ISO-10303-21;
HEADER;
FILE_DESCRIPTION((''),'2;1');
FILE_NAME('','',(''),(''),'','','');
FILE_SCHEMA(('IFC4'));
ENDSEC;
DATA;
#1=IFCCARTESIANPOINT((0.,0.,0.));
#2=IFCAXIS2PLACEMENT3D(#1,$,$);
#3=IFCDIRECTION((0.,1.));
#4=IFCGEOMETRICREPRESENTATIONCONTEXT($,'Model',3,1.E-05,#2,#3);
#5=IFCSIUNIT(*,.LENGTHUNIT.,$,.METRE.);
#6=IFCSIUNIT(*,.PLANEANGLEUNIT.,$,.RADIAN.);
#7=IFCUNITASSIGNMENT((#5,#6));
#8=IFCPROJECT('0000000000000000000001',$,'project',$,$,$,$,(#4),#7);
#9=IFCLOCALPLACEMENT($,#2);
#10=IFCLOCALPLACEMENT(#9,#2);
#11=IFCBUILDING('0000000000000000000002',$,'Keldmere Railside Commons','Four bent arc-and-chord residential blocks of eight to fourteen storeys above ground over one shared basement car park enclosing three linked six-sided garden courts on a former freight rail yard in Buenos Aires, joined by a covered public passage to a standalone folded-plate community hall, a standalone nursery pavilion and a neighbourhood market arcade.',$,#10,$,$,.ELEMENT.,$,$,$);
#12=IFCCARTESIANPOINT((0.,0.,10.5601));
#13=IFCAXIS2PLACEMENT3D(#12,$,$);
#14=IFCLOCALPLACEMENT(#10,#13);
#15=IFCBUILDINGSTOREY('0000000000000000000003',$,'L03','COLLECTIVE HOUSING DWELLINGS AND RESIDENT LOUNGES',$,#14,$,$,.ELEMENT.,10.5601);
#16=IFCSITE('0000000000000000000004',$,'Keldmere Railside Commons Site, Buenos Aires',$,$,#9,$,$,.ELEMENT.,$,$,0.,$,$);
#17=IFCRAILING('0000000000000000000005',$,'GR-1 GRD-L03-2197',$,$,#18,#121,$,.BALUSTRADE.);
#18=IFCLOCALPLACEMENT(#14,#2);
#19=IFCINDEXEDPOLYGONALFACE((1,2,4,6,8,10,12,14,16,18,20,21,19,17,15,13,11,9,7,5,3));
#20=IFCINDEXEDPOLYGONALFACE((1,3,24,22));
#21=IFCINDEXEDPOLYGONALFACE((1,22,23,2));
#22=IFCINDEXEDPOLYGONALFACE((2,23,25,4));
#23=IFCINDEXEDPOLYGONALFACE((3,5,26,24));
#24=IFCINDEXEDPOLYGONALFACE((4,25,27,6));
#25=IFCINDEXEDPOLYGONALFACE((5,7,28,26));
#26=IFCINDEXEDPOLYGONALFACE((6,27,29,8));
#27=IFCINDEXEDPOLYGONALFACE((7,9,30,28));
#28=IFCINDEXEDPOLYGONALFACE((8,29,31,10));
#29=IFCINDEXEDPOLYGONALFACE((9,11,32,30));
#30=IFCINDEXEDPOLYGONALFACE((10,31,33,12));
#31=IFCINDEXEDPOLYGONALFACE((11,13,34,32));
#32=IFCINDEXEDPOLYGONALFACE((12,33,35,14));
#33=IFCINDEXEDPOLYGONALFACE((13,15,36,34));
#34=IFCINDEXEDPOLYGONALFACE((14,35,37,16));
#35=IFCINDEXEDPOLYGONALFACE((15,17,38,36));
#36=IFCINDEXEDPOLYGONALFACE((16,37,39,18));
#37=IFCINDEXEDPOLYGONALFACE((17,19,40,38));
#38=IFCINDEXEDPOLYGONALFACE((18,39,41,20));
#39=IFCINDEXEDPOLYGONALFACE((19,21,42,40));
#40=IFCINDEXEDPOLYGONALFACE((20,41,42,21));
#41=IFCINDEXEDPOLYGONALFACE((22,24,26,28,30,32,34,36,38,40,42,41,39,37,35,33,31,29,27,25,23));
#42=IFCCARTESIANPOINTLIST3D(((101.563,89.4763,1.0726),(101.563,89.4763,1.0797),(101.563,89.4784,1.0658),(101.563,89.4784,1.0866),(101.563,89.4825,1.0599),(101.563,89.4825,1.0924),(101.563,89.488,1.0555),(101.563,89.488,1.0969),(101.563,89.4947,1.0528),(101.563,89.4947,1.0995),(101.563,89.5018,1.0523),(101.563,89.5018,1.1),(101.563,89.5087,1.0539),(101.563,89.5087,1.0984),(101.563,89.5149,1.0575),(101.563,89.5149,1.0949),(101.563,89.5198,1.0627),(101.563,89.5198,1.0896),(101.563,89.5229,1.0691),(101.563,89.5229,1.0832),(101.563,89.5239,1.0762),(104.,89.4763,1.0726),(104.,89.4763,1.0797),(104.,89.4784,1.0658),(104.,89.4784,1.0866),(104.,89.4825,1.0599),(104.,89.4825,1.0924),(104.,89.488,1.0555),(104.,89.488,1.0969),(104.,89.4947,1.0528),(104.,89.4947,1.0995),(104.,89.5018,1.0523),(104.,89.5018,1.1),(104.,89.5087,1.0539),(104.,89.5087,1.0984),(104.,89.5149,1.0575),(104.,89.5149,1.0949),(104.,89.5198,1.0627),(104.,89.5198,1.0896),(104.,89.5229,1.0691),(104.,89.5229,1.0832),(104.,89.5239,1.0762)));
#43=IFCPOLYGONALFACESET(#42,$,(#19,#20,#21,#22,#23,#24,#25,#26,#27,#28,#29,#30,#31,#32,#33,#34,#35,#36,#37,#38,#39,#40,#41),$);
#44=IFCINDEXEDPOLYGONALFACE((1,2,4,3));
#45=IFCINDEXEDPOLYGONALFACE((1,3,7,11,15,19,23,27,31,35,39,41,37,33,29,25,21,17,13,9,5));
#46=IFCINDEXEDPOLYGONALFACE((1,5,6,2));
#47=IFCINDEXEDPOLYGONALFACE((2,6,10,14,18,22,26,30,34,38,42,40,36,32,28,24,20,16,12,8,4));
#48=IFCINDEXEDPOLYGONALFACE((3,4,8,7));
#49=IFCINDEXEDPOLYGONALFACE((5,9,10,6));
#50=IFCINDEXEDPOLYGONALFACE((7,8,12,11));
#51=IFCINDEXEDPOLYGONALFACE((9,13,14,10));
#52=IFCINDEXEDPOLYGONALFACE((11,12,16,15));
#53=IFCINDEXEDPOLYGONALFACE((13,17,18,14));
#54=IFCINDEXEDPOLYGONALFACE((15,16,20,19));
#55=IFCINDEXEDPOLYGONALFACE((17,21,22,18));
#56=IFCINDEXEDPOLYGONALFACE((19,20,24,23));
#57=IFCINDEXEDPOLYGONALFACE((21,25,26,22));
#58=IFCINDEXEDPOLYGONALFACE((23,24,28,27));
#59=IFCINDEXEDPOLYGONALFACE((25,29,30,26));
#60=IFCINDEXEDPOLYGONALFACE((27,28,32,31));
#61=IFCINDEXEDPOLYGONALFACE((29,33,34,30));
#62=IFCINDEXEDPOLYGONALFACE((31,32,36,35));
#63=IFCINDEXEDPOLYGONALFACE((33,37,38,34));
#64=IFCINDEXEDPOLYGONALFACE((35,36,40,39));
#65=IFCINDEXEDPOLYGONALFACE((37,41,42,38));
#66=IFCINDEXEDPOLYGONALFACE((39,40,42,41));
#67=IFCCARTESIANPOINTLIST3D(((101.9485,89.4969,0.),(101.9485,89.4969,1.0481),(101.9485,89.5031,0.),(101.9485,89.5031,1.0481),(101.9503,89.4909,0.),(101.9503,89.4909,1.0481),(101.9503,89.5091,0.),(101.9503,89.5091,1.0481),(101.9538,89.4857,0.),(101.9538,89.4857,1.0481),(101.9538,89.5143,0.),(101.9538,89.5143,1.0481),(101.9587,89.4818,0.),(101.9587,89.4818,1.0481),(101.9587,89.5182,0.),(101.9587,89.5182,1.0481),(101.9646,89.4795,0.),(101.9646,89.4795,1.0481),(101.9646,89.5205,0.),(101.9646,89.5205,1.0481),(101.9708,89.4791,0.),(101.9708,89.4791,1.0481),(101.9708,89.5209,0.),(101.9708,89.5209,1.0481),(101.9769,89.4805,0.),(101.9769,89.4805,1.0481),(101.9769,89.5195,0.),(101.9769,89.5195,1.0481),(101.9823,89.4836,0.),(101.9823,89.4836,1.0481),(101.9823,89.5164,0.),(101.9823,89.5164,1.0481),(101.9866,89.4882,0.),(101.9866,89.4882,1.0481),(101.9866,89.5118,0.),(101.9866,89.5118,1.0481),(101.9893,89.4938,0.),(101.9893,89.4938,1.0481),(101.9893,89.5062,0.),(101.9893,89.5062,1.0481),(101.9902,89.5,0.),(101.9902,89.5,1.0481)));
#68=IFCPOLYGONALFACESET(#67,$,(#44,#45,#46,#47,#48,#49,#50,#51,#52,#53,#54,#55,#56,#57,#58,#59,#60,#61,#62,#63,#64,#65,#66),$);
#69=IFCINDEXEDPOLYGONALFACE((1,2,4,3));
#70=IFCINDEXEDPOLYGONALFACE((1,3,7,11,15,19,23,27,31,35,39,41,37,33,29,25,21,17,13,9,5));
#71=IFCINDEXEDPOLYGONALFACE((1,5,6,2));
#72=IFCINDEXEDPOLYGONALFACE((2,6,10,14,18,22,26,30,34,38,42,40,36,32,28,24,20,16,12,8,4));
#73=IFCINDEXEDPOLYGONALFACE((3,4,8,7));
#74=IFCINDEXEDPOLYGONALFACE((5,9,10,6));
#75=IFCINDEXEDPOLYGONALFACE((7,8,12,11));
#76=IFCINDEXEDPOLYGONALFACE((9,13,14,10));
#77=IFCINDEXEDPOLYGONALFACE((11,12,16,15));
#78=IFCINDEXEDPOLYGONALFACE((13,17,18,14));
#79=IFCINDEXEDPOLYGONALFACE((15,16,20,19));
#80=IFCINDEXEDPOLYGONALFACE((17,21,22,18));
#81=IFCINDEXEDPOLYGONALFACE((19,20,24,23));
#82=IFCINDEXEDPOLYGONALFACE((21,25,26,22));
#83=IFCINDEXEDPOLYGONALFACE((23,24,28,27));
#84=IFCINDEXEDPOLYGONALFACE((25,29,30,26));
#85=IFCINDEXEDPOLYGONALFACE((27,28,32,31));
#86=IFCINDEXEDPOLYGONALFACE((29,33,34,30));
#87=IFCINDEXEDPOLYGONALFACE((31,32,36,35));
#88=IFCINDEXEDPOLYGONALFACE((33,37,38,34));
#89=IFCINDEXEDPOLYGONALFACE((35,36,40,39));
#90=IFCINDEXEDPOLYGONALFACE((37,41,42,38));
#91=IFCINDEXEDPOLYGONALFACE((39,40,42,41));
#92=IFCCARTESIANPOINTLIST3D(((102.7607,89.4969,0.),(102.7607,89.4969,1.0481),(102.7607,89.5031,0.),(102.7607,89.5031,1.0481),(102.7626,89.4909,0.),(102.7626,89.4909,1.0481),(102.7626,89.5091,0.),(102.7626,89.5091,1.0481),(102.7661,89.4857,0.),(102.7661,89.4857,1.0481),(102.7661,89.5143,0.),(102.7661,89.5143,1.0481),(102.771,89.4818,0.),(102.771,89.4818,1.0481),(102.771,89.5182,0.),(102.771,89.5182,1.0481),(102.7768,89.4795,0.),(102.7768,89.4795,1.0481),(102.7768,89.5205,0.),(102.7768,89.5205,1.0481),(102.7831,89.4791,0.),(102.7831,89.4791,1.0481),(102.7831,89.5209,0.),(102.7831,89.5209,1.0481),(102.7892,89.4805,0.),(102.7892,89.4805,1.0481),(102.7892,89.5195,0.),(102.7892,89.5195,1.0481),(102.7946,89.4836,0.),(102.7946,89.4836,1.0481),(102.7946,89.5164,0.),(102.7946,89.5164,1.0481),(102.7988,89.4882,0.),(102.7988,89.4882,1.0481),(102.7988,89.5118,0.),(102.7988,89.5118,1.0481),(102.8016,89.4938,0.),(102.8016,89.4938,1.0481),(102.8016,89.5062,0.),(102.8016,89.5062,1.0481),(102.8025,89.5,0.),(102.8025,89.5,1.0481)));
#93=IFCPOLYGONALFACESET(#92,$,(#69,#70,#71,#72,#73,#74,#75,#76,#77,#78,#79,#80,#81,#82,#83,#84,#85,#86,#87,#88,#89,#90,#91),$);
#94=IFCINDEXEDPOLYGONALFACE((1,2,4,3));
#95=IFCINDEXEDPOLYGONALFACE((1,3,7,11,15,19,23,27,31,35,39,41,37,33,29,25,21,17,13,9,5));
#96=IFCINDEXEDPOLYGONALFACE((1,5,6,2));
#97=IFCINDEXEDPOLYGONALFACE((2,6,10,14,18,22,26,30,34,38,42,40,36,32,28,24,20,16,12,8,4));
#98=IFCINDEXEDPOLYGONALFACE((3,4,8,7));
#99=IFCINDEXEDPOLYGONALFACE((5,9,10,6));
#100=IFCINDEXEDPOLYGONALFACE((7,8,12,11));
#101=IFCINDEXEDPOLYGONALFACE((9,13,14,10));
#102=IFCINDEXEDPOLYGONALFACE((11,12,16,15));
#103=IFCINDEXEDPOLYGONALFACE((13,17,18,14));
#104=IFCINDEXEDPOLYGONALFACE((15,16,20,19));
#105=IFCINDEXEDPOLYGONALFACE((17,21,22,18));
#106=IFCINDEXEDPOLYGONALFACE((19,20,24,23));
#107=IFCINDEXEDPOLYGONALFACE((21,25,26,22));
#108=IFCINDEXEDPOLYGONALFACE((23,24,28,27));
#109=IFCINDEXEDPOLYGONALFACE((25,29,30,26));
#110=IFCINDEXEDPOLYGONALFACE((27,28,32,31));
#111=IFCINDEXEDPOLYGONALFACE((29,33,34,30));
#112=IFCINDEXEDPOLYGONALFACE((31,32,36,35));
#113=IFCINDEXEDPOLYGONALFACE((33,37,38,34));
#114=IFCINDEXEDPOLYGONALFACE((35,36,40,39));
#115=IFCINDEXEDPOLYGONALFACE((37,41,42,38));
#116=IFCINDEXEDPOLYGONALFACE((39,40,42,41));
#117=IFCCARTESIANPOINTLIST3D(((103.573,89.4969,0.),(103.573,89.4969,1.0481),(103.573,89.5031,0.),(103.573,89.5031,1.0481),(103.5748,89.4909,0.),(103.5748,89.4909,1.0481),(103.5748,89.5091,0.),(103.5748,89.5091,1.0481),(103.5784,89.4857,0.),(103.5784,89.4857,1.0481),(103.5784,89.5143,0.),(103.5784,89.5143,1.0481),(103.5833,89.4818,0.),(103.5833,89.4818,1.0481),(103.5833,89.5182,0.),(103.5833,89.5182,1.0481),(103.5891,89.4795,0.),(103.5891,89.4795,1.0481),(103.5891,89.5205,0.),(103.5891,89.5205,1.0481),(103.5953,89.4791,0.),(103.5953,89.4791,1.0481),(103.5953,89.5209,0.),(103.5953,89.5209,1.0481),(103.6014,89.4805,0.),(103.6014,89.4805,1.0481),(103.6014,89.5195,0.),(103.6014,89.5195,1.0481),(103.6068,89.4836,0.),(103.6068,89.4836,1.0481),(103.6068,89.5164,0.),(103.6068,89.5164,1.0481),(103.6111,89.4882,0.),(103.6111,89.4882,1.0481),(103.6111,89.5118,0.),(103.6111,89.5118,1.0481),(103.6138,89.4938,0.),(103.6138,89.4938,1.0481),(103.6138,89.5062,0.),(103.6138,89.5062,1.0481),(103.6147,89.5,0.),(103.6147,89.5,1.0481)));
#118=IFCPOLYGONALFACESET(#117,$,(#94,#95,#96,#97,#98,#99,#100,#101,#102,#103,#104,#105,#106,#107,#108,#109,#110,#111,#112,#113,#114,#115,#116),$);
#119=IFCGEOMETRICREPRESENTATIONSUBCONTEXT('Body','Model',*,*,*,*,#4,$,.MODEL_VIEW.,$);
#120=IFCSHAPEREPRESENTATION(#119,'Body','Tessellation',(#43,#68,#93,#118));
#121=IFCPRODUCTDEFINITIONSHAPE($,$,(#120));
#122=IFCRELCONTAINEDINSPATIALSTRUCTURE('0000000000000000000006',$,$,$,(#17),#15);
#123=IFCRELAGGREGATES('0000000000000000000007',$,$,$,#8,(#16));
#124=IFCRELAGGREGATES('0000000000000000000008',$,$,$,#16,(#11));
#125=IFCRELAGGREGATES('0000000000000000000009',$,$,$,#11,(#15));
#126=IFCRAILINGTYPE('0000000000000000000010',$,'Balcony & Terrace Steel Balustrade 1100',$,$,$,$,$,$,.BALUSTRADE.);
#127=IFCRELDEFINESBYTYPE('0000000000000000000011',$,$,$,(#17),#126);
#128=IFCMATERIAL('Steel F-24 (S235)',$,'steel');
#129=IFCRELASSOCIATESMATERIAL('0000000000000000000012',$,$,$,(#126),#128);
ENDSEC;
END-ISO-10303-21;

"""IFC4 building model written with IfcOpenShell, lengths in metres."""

from ifc_helpers import new_model, si_unit, direction, frame, origin, origin_2d, place, context, subcontext, project, spatial, circle, extrude, material, type_object, element, save


model = new_model("IFC4")

# Units and contexts
model_context = context("Model", 3, precision=1e-05, world=origin(), true_north=direction((0.0, 1.0)))
body_context = subcontext(model_context, "Body", "Model", "MODEL_VIEW")
ifc_project = project(units=[si_unit("LENGTHUNIT", "METRE"), si_unit("PLANEANGLEUNIT", "RADIAN")], contexts=[model_context])

# Site, building, storey
site_placement = place(None, origin())
site = spatial("IfcSite", under=ifc_project, at=site_placement, Name="Keldmere Railside Commons Site, Buenos Aires", CompositionType="ELEMENT", RefElevation=0.0)
building_placement = place(site_placement, origin())
building = spatial("IfcBuilding", under=site, at=building_placement, Name="Keldmere Railside Commons", Description="Four bent arc-and-chord residential blocks of eight to fourteen storeys above ground over one shared basement car park enclosing three linked six-sided garden courts on a former freight rail yard in Buenos Aires, joined by a covered public passage to a standalone folded-plate community hall, a standalone nursery pavilion and a neighbourhood market arcade.", CompositionType="ELEMENT")
storey_placement = place(building_placement, frame((0.0, 0.0, 10.5601)))
storey = spatial("IfcBuildingStorey", under=building, at=storey_placement, Name="L03", Description="COLLECTIVE HOUSING DWELLINGS AND RESIDENT LOUNGES", CompositionType="ELEMENT", Elevation=10.5601)

# Railing
ifc_material_1 = material(Name="Steel F-24 (S235)", Category="steel")
railing_type = type_object("IfcRailingType", Name="Balcony & Terrace Steel Balustrade 1100", PredefinedType="BALUSTRADE", material=ifc_material_1)
railing_1_placement = place(storey_placement, frame((101.563, 89.5, 0.0)))
element("IfcRailing", 1, at=railing_1_placement, inside=storey, type_object=railing_type, Name="GR-1 GRD-L03-2197", PredefinedType="BALUSTRADE", context=body_context, shape_type="SweptSolid", body=[
    extrude(circle(Radius=0.0239, at=origin_2d()), frame((0.0, 0.0, 1.0762), z_axis=(1.0, 0.0, 0.0), x_axis=(0.0, 1.0, 0.0)), (0.0, 0.0, 1.0), 2.437),
    extrude(circle(Radius=0.021, at=origin_2d()), frame((0.4062, 0.0, 0.0)), (0.0, 0.0, 1.0), 1.0481),
    extrude(circle(Radius=0.021, at=origin_2d()), frame((1.2185, 0.0, 0.0)), (0.0, 0.0, 1.0), 1.0481),
    extrude(circle(Radius=0.021, at=origin_2d()), frame((2.0308, 0.0, 0.0)), (0.0, 0.0, 1.0), 1.0481),
])

save(model, "model.ifc")
